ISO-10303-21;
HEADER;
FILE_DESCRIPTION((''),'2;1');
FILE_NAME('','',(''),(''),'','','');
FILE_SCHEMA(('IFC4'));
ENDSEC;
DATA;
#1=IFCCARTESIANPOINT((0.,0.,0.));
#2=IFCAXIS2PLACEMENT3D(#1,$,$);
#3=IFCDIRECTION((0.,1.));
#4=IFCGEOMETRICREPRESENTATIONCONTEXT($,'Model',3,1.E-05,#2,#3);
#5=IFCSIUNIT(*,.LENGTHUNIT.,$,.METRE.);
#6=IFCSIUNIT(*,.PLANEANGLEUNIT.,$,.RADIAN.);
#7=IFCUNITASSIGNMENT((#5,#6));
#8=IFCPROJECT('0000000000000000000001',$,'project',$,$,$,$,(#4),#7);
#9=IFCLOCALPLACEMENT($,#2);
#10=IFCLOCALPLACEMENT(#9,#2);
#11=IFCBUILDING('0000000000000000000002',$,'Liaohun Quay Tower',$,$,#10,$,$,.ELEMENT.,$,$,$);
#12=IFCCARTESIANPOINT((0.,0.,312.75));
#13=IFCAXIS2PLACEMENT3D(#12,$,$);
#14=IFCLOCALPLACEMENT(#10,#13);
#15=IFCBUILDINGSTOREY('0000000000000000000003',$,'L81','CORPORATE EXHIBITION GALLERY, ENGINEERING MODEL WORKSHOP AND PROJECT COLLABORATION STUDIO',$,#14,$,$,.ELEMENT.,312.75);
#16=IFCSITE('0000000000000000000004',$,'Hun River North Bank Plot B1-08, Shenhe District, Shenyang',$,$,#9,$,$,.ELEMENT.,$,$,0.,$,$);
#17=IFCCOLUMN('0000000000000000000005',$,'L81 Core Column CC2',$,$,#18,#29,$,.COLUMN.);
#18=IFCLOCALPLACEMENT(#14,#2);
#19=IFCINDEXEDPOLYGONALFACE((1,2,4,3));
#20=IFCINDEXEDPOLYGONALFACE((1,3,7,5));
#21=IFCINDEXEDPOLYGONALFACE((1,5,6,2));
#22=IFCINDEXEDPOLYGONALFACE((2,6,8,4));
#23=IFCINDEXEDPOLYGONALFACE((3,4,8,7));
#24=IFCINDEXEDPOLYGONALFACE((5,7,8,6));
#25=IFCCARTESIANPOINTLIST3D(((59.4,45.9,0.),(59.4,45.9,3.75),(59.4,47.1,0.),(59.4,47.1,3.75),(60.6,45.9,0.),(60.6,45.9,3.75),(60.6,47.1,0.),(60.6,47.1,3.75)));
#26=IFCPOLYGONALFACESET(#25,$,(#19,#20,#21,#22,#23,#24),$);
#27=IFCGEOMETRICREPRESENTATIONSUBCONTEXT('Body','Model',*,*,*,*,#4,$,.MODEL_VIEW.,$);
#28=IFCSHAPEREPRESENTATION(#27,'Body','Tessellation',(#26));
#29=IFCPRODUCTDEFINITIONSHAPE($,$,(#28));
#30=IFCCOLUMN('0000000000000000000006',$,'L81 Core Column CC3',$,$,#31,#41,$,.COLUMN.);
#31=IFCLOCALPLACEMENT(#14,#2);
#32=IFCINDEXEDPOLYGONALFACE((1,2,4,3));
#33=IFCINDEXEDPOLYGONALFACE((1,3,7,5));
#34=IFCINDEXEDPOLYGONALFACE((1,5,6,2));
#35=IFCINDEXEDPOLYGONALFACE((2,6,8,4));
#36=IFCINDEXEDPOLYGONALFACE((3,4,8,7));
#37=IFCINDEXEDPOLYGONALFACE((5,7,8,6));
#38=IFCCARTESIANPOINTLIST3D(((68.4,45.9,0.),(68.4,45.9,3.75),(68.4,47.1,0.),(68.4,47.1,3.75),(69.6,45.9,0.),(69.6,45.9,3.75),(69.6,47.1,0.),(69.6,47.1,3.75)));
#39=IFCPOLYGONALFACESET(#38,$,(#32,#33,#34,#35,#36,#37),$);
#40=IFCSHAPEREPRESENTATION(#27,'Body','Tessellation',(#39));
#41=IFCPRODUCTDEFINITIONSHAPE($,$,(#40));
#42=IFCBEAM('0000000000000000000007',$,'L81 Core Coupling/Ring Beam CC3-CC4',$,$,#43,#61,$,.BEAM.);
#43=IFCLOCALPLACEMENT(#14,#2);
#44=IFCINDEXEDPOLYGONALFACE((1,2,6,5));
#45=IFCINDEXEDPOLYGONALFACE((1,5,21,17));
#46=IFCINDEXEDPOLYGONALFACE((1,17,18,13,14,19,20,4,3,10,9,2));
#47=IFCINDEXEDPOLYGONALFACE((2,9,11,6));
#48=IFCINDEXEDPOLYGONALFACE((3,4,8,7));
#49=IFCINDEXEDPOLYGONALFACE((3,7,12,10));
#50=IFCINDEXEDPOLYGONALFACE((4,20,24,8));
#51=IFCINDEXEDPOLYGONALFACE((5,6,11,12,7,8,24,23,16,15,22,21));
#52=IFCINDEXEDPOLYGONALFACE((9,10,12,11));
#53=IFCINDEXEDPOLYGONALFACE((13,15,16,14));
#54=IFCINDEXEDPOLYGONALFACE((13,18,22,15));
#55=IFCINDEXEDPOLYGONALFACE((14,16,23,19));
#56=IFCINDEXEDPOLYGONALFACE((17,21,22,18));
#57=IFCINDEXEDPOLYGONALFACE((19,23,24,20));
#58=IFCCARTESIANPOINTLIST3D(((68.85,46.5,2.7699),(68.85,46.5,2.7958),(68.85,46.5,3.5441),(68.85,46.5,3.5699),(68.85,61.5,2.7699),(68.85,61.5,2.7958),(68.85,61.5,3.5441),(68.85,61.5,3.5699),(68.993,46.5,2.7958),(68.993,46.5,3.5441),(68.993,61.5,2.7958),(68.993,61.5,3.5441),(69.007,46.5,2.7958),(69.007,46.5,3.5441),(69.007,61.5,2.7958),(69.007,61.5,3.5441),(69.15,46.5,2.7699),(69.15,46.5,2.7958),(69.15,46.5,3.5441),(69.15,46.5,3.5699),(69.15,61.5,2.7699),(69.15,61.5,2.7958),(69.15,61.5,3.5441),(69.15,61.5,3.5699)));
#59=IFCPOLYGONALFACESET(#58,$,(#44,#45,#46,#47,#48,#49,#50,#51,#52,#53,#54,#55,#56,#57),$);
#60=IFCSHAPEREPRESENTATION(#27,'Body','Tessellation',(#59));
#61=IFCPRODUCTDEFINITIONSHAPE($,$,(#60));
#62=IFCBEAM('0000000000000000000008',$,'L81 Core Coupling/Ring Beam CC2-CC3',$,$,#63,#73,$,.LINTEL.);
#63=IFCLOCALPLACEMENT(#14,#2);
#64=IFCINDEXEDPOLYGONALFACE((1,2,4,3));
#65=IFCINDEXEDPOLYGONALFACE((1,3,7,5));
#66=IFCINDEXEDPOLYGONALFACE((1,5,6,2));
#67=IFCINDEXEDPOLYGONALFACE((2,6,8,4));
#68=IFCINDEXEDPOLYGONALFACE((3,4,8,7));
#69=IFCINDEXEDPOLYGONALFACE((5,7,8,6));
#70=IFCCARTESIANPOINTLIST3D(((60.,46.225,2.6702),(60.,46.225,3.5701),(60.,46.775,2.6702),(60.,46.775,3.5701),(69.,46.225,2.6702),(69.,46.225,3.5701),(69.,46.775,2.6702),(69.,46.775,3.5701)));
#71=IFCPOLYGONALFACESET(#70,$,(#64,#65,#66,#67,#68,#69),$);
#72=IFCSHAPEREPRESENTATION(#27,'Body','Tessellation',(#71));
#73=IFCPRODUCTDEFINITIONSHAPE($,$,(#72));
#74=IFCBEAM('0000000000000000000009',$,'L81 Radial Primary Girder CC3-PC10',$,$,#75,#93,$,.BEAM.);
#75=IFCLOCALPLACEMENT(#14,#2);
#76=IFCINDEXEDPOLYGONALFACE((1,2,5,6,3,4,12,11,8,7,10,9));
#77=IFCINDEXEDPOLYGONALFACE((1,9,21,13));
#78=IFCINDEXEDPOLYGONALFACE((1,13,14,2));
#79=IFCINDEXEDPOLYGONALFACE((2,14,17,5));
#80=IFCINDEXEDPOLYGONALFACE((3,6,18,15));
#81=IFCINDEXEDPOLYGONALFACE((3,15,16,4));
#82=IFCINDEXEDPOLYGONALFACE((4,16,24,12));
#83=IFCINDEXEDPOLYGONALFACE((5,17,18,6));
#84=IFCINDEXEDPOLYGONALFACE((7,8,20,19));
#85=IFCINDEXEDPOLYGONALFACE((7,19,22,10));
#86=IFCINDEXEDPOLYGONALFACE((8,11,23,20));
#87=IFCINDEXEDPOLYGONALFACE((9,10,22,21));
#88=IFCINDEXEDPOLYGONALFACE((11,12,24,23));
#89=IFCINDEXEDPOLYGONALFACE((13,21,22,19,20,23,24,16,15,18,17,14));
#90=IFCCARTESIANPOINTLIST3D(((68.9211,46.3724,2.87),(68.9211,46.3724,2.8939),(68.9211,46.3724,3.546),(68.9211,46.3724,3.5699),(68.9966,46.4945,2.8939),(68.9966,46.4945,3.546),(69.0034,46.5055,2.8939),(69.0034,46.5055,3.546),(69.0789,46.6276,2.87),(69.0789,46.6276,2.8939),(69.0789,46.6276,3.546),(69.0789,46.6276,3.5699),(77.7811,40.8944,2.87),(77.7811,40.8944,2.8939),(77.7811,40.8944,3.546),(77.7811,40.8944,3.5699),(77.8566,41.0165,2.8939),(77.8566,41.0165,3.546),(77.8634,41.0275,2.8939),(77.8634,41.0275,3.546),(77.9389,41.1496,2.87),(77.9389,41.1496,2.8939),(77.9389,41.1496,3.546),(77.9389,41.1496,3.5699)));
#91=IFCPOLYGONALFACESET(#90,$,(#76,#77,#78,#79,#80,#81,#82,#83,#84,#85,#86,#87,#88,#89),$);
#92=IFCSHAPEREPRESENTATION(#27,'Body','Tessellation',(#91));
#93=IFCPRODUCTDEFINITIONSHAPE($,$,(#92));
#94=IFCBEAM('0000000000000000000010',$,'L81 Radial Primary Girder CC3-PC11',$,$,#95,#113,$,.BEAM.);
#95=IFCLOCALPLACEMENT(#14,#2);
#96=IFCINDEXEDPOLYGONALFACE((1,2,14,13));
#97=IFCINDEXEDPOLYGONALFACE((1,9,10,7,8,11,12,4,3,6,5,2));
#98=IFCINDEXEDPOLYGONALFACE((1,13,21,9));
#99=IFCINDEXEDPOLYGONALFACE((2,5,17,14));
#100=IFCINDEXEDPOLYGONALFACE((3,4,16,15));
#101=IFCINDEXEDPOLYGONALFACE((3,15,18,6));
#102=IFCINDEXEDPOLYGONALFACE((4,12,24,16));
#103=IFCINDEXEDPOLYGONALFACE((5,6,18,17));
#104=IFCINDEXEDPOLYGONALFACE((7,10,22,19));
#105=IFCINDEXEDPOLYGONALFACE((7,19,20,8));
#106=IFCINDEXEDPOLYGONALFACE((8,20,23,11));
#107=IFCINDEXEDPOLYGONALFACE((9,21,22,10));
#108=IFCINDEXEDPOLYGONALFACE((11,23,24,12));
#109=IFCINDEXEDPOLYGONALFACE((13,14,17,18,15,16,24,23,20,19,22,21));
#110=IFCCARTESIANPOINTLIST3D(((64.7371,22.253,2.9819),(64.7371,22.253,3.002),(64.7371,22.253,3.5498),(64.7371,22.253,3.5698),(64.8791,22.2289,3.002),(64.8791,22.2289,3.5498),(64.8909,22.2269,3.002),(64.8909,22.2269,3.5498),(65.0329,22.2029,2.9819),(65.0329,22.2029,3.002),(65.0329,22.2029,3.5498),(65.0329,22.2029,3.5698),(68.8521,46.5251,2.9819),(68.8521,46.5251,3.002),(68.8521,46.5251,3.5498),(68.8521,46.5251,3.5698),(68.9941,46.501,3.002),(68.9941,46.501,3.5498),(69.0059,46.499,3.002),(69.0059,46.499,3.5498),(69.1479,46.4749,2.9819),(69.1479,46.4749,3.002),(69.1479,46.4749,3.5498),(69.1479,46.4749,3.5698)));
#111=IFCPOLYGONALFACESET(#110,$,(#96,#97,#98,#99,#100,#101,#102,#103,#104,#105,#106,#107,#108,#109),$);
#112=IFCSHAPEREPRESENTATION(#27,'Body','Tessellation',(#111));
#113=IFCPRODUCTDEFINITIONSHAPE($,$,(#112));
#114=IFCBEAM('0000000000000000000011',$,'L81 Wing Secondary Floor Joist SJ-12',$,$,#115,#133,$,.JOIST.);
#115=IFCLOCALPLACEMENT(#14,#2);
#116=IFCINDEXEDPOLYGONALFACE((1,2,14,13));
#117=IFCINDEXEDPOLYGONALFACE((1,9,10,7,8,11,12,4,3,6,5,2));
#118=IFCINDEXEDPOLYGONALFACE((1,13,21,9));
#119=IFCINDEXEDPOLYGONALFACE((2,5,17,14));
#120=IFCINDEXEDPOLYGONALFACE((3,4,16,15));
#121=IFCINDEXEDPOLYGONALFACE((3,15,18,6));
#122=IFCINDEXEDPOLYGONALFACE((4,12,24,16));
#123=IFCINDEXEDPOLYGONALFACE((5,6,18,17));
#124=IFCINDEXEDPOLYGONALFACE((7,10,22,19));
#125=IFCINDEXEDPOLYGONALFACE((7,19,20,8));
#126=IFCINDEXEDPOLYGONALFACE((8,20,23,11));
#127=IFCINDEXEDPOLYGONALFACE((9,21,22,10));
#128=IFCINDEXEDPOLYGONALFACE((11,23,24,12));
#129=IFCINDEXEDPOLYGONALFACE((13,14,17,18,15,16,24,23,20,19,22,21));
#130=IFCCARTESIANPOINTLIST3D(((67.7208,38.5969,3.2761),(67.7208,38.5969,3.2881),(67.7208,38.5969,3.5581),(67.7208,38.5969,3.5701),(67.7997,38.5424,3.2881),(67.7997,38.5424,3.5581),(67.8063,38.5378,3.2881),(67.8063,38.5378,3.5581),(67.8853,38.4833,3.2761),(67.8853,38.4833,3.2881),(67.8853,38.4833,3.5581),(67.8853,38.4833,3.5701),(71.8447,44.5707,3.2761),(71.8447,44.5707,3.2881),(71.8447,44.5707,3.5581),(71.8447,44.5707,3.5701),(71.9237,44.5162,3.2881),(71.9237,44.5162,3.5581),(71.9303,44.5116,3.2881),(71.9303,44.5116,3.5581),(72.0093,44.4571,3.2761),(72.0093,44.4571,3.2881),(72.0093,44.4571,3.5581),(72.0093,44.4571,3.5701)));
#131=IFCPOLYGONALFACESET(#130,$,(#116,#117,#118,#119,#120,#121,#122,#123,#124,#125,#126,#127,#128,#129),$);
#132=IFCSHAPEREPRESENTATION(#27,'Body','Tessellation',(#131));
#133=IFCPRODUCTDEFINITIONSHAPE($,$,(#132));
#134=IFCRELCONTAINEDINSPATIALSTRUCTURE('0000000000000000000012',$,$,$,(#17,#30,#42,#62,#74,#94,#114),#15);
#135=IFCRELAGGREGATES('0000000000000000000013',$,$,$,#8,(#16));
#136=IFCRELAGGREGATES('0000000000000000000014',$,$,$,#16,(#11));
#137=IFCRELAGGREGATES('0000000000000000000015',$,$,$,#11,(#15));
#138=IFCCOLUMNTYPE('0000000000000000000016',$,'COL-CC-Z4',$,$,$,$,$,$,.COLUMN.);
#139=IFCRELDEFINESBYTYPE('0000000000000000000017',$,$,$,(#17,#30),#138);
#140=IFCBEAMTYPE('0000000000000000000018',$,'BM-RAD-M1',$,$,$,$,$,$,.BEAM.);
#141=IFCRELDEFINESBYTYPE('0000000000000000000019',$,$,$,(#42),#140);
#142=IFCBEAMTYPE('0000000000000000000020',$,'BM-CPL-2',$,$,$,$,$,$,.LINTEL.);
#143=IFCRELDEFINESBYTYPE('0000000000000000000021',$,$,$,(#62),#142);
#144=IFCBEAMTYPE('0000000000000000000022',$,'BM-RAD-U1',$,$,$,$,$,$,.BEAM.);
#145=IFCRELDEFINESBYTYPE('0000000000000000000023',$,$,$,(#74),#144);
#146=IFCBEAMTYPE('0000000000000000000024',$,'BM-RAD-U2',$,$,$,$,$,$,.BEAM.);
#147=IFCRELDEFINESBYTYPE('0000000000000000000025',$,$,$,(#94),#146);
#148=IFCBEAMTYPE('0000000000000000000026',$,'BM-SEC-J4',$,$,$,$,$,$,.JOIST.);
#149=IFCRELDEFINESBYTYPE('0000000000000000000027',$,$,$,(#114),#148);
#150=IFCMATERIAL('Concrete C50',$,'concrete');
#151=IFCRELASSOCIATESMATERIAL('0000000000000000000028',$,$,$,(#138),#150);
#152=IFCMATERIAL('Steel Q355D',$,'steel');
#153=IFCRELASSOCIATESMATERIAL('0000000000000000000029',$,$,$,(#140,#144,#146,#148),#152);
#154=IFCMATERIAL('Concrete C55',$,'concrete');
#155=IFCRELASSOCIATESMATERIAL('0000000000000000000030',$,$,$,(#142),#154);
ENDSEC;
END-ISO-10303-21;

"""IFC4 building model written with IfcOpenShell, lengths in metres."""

from ifc_helpers import new_model, si_unit, direction, frame, origin, origin_2d, place, context, subcontext, project, spatial, rectangle, i_section, extrude, source, transform, mapped, material, material_profile, profile_set, type_object, element, save


model = new_model("IFC4")

# Units and contexts
model_context = context("Model", 3, precision=1e-05, world=origin(), true_north=direction((0.0, 1.0)))
body_context = subcontext(model_context, "Body", "Model", "MODEL_VIEW")
ifc_project = project(units=[si_unit("LENGTHUNIT", "METRE"), si_unit("PLANEANGLEUNIT", "RADIAN")], contexts=[model_context])

# Site, building, storey
site_placement = place(None, origin())
site = spatial("IfcSite", under=ifc_project, at=site_placement, Name="Hun River North Bank Plot B1-08, Shenhe District, Shenyang", CompositionType="ELEMENT", RefElevation=0.0)
building_placement = place(site_placement, origin())
building = spatial("IfcBuilding", under=site, at=building_placement, Name="Liaohun Quay Tower", CompositionType="ELEMENT")
storey_placement = place(building_placement, frame((0.0, 0.0, 312.75)))
storey = spatial("IfcBuildingStorey", under=building, at=storey_placement, Name="L81", Description="CORPORATE EXHIBITION GALLERY, ENGINEERING MODEL WORKSHOP AND PROJECT COLLABORATION STUDIO", CompositionType="ELEMENT", Elevation=312.75)

# Columns
ifc_material_1 = material(Name="Concrete C50", Category="concrete")
ifc_material_profile_1 = material_profile(ifc_material_1, rectangle(XDim=1.2, YDim=1.2, at=origin_2d()), Name="RC1200x1200")
ifc_profile_set_1 = profile_set([ifc_material_profile_1], Name="Concrete C50")
column_type = type_object("IfcColumnType", Name="COL-CC-Z4", PredefinedType="COLUMN", material=ifc_profile_set_1)
shared_shape_1 = source(origin(), body_context, "Body", "SweptSolid", [
    extrude(rectangle(XDim=1.2, YDim=1.2, at=origin_2d()), origin(), (0.0, 0.0, 1.0), 3.75),
])
for number, where, z_axis, x_axis, name in (
    (1, (60.0, 46.5, 0.0), (0.0, 0.0, 1.0), (1.0, 0.0, 0.0), "L81 Core Column CC2"),
    (2, (69.0, 46.5, 0.0), (0.0, 0.0, 1.0), (1.0, 0.0, 0.0), "L81 Core Column CC3"),
):
    element("IfcColumn", number, at=place(storey_placement, frame(where, z_axis=z_axis, x_axis=x_axis)), inside=storey, type_object=column_type, Name=name, PredefinedType="COLUMN", context=body_context, shape_type="MappedRepresentation", body=[
        mapped(shared_shape_1, transform((0.0, 0.0, 0.0), x_axis=(1.0, 0.0, 0.0), y_axis=(0.0, 1.0, 0.0), z_axis=(0.0, 0.0, 1.0), scale=1.0)),
    ])

# Beams
ifc_material_2 = material(Name="Steel Q355D", Category="steel")
ifc_material_profile_2 = material_profile(ifc_material_2, i_section(OverallWidth=0.3, OverallDepth=0.8, WebThickness=0.0139, FlangeThickness=0.0259, at=origin_2d()), Name="HN800x300x14x26")
ifc_profile_set_2 = profile_set([ifc_material_profile_2], Name="Steel Q355D")
beam_type_1 = type_object("IfcBeamType", Name="BM-RAD-M1", PredefinedType="BEAM", material=ifc_profile_set_2)
shared_shape_2 = source(origin(), body_context, "Body", "SweptSolid", [
    extrude(i_section(OverallWidth=0.3, OverallDepth=0.8, WebThickness=0.0139, FlangeThickness=0.0259, at=origin_2d()), origin(), (0.0, 0.0, 1.0), 15.0),
])
beam_1_placement = place(storey_placement, frame((69.0, 46.5, 3.1699), z_axis=(0.0, 1.0, 0.0), x_axis=(-1.0, 0.0, 0.0)))
element("IfcBeam", 3, at=beam_1_placement, inside=storey, type_object=beam_type_1, Name="L81 Core Coupling/Ring Beam CC3-CC4", PredefinedType="BEAM", context=body_context, shape_type="MappedRepresentation", body=[
    mapped(shared_shape_2, transform((0.0, 0.0, 0.0), x_axis=(1.0, 0.0, 0.0), y_axis=(0.0, 1.0, 0.0), z_axis=(0.0, 0.0, 1.0), scale=1.0)),
])
ifc_material_3 = material(Name="Concrete C55", Category="concrete")
ifc_material_profile_3 = material_profile(ifc_material_3, rectangle(XDim=0.55, YDim=0.8999, at=origin_2d()), Name="RC550x900")
ifc_profile_set_3 = profile_set([ifc_material_profile_3], Name="Concrete C55")
beam_type_2 = type_object("IfcBeamType", Name="BM-CPL-2", PredefinedType="LINTEL", material=ifc_profile_set_3)
shared_shape_3 = source(origin(), body_context, "Body", "SweptSolid", [
    extrude(rectangle(XDim=0.55, YDim=0.8999, at=origin_2d()), origin(), (0.0, 0.0, 1.0), 9.0),
])
beam_2_placement = place(storey_placement, frame((60.0, 46.5, 3.1201), z_axis=(1.0, 0.0, 0.0), x_axis=(0.0, 1.0, 0.0)))
element("IfcBeam", 4, at=beam_2_placement, inside=storey, type_object=beam_type_2, Name="L81 Core Coupling/Ring Beam CC2-CC3", PredefinedType="LINTEL", context=body_context, shape_type="MappedRepresentation", body=[
    mapped(shared_shape_3, transform((0.0, 0.0, 0.0), x_axis=(1.0, 0.0, 0.0), y_axis=(0.0, 1.0, 0.0), z_axis=(0.0, 0.0, 1.0), scale=1.0)),
])
ifc_material_profile_4 = material_profile(ifc_material_2, i_section(OverallWidth=0.3, OverallDepth=0.7, WebThickness=0.0129, FlangeThickness=0.0239, at=origin_2d()), Name="HN700x300x13x24")
ifc_profile_set_4 = profile_set([ifc_material_profile_4], Name="Steel Q355D")
beam_type_3 = type_object("IfcBeamType", Name="BM-RAD-U1", PredefinedType="BEAM", material=ifc_profile_set_4)
shared_shape_4 = source(origin(), body_context, "Body", "SweptSolid", [
    extrude(i_section(OverallWidth=0.3, OverallDepth=0.7, WebThickness=0.0129, FlangeThickness=0.0239, at=origin_2d()), origin(), (0.0, 0.0, 1.0), 10.4167),
])
beam_3_placement = place(storey_placement, frame((69.0, 46.5, 3.22), z_axis=(0.850557, -0.525883, 0.0), x_axis=(0.525883, 0.850557, 0.0)))
element("IfcBeam", 5, at=beam_3_placement, inside=storey, type_object=beam_type_3, Name="L81 Radial Primary Girder CC3-PC10", PredefinedType="BEAM", context=body_context, shape_type="MappedRepresentation", body=[
    mapped(shared_shape_4, transform((0.0, 0.0, 0.0), x_axis=(1.0, 0.0, 0.0), y_axis=(0.0, 1.0, 0.0), z_axis=(0.0, 0.0, 1.0), scale=1.0)),
])
ifc_material_profile_5 = material_profile(ifc_material_2, i_section(OverallWidth=0.3, OverallDepth=0.5879, WebThickness=0.012, FlangeThickness=0.02, at=origin_2d()), Name="HM588x300x12x20")
ifc_profile_set_5 = profile_set([ifc_material_profile_5], Name="Steel Q355D")
beam_type_4 = type_object("IfcBeamType", Name="BM-RAD-U2", PredefinedType="BEAM", material=ifc_profile_set_5)
shared_shape_5 = source(origin(), body_context, "Body", "SweptSolid", [
    extrude(i_section(OverallWidth=0.3, OverallDepth=0.5879, WebThickness=0.012, FlangeThickness=0.02, at=origin_2d()), origin(), (0.0, 0.0, 1.0), 24.6184),
])
beam_4_placement = place(storey_placement, frame((69.0, 46.5, 3.2759), z_axis=(-0.167152, -0.985931, 0.0), x_axis=(0.985931, -0.167152, 0.0)))
element("IfcBeam", 6, at=beam_4_placement, inside=storey, type_object=beam_type_4, Name="L81 Radial Primary Girder CC3-PC11", PredefinedType="BEAM", context=body_context, shape_type="MappedRepresentation", body=[
    mapped(shared_shape_5, transform((0.0, 0.0, 0.0), x_axis=(1.0, 0.0, 0.0), y_axis=(0.0, 1.0, 0.0), z_axis=(0.0, 0.0, 1.0), scale=1.0)),
])
ifc_material_profile_6 = material_profile(ifc_material_2, i_section(OverallWidth=0.2, OverallDepth=0.2939, WebThickness=0.0081, FlangeThickness=0.012, at=origin_2d()), Name="HM294x200x8x12")
ifc_profile_set_6 = profile_set([ifc_material_profile_6], Name="Steel Q355D")
beam_type_5 = type_object("IfcBeamType", Name="BM-SEC-J4", PredefinedType="JOIST", material=ifc_profile_set_6)
shared_shape_6 = source(origin(), body_context, "Body", "SweptSolid", [
    extrude(i_section(OverallWidth=0.2, OverallDepth=0.2939, WebThickness=0.0081, FlangeThickness=0.012, at=origin_2d()), origin(), (0.0, 0.0, 1.0), 7.259),
])
beam_5_placement = place(storey_placement, frame((71.927, 44.5139, 3.4231), z_axis=(-0.568116, -0.822948, 0.0), x_axis=(0.822948, -0.568116, 0.0)))
element("IfcBeam", 7, at=beam_5_placement, inside=storey, type_object=beam_type_5, Name="L81 Wing Secondary Floor Joist SJ-12", PredefinedType="JOIST", context=body_context, shape_type="MappedRepresentation", body=[
    mapped(shared_shape_6, transform((0.0, 0.0, 0.0), x_axis=(1.0, 0.0, 0.0), y_axis=(0.0, 1.0, 0.0), z_axis=(0.0, 0.0, 1.0), scale=1.0)),
])

save(model, "model.ifc")
